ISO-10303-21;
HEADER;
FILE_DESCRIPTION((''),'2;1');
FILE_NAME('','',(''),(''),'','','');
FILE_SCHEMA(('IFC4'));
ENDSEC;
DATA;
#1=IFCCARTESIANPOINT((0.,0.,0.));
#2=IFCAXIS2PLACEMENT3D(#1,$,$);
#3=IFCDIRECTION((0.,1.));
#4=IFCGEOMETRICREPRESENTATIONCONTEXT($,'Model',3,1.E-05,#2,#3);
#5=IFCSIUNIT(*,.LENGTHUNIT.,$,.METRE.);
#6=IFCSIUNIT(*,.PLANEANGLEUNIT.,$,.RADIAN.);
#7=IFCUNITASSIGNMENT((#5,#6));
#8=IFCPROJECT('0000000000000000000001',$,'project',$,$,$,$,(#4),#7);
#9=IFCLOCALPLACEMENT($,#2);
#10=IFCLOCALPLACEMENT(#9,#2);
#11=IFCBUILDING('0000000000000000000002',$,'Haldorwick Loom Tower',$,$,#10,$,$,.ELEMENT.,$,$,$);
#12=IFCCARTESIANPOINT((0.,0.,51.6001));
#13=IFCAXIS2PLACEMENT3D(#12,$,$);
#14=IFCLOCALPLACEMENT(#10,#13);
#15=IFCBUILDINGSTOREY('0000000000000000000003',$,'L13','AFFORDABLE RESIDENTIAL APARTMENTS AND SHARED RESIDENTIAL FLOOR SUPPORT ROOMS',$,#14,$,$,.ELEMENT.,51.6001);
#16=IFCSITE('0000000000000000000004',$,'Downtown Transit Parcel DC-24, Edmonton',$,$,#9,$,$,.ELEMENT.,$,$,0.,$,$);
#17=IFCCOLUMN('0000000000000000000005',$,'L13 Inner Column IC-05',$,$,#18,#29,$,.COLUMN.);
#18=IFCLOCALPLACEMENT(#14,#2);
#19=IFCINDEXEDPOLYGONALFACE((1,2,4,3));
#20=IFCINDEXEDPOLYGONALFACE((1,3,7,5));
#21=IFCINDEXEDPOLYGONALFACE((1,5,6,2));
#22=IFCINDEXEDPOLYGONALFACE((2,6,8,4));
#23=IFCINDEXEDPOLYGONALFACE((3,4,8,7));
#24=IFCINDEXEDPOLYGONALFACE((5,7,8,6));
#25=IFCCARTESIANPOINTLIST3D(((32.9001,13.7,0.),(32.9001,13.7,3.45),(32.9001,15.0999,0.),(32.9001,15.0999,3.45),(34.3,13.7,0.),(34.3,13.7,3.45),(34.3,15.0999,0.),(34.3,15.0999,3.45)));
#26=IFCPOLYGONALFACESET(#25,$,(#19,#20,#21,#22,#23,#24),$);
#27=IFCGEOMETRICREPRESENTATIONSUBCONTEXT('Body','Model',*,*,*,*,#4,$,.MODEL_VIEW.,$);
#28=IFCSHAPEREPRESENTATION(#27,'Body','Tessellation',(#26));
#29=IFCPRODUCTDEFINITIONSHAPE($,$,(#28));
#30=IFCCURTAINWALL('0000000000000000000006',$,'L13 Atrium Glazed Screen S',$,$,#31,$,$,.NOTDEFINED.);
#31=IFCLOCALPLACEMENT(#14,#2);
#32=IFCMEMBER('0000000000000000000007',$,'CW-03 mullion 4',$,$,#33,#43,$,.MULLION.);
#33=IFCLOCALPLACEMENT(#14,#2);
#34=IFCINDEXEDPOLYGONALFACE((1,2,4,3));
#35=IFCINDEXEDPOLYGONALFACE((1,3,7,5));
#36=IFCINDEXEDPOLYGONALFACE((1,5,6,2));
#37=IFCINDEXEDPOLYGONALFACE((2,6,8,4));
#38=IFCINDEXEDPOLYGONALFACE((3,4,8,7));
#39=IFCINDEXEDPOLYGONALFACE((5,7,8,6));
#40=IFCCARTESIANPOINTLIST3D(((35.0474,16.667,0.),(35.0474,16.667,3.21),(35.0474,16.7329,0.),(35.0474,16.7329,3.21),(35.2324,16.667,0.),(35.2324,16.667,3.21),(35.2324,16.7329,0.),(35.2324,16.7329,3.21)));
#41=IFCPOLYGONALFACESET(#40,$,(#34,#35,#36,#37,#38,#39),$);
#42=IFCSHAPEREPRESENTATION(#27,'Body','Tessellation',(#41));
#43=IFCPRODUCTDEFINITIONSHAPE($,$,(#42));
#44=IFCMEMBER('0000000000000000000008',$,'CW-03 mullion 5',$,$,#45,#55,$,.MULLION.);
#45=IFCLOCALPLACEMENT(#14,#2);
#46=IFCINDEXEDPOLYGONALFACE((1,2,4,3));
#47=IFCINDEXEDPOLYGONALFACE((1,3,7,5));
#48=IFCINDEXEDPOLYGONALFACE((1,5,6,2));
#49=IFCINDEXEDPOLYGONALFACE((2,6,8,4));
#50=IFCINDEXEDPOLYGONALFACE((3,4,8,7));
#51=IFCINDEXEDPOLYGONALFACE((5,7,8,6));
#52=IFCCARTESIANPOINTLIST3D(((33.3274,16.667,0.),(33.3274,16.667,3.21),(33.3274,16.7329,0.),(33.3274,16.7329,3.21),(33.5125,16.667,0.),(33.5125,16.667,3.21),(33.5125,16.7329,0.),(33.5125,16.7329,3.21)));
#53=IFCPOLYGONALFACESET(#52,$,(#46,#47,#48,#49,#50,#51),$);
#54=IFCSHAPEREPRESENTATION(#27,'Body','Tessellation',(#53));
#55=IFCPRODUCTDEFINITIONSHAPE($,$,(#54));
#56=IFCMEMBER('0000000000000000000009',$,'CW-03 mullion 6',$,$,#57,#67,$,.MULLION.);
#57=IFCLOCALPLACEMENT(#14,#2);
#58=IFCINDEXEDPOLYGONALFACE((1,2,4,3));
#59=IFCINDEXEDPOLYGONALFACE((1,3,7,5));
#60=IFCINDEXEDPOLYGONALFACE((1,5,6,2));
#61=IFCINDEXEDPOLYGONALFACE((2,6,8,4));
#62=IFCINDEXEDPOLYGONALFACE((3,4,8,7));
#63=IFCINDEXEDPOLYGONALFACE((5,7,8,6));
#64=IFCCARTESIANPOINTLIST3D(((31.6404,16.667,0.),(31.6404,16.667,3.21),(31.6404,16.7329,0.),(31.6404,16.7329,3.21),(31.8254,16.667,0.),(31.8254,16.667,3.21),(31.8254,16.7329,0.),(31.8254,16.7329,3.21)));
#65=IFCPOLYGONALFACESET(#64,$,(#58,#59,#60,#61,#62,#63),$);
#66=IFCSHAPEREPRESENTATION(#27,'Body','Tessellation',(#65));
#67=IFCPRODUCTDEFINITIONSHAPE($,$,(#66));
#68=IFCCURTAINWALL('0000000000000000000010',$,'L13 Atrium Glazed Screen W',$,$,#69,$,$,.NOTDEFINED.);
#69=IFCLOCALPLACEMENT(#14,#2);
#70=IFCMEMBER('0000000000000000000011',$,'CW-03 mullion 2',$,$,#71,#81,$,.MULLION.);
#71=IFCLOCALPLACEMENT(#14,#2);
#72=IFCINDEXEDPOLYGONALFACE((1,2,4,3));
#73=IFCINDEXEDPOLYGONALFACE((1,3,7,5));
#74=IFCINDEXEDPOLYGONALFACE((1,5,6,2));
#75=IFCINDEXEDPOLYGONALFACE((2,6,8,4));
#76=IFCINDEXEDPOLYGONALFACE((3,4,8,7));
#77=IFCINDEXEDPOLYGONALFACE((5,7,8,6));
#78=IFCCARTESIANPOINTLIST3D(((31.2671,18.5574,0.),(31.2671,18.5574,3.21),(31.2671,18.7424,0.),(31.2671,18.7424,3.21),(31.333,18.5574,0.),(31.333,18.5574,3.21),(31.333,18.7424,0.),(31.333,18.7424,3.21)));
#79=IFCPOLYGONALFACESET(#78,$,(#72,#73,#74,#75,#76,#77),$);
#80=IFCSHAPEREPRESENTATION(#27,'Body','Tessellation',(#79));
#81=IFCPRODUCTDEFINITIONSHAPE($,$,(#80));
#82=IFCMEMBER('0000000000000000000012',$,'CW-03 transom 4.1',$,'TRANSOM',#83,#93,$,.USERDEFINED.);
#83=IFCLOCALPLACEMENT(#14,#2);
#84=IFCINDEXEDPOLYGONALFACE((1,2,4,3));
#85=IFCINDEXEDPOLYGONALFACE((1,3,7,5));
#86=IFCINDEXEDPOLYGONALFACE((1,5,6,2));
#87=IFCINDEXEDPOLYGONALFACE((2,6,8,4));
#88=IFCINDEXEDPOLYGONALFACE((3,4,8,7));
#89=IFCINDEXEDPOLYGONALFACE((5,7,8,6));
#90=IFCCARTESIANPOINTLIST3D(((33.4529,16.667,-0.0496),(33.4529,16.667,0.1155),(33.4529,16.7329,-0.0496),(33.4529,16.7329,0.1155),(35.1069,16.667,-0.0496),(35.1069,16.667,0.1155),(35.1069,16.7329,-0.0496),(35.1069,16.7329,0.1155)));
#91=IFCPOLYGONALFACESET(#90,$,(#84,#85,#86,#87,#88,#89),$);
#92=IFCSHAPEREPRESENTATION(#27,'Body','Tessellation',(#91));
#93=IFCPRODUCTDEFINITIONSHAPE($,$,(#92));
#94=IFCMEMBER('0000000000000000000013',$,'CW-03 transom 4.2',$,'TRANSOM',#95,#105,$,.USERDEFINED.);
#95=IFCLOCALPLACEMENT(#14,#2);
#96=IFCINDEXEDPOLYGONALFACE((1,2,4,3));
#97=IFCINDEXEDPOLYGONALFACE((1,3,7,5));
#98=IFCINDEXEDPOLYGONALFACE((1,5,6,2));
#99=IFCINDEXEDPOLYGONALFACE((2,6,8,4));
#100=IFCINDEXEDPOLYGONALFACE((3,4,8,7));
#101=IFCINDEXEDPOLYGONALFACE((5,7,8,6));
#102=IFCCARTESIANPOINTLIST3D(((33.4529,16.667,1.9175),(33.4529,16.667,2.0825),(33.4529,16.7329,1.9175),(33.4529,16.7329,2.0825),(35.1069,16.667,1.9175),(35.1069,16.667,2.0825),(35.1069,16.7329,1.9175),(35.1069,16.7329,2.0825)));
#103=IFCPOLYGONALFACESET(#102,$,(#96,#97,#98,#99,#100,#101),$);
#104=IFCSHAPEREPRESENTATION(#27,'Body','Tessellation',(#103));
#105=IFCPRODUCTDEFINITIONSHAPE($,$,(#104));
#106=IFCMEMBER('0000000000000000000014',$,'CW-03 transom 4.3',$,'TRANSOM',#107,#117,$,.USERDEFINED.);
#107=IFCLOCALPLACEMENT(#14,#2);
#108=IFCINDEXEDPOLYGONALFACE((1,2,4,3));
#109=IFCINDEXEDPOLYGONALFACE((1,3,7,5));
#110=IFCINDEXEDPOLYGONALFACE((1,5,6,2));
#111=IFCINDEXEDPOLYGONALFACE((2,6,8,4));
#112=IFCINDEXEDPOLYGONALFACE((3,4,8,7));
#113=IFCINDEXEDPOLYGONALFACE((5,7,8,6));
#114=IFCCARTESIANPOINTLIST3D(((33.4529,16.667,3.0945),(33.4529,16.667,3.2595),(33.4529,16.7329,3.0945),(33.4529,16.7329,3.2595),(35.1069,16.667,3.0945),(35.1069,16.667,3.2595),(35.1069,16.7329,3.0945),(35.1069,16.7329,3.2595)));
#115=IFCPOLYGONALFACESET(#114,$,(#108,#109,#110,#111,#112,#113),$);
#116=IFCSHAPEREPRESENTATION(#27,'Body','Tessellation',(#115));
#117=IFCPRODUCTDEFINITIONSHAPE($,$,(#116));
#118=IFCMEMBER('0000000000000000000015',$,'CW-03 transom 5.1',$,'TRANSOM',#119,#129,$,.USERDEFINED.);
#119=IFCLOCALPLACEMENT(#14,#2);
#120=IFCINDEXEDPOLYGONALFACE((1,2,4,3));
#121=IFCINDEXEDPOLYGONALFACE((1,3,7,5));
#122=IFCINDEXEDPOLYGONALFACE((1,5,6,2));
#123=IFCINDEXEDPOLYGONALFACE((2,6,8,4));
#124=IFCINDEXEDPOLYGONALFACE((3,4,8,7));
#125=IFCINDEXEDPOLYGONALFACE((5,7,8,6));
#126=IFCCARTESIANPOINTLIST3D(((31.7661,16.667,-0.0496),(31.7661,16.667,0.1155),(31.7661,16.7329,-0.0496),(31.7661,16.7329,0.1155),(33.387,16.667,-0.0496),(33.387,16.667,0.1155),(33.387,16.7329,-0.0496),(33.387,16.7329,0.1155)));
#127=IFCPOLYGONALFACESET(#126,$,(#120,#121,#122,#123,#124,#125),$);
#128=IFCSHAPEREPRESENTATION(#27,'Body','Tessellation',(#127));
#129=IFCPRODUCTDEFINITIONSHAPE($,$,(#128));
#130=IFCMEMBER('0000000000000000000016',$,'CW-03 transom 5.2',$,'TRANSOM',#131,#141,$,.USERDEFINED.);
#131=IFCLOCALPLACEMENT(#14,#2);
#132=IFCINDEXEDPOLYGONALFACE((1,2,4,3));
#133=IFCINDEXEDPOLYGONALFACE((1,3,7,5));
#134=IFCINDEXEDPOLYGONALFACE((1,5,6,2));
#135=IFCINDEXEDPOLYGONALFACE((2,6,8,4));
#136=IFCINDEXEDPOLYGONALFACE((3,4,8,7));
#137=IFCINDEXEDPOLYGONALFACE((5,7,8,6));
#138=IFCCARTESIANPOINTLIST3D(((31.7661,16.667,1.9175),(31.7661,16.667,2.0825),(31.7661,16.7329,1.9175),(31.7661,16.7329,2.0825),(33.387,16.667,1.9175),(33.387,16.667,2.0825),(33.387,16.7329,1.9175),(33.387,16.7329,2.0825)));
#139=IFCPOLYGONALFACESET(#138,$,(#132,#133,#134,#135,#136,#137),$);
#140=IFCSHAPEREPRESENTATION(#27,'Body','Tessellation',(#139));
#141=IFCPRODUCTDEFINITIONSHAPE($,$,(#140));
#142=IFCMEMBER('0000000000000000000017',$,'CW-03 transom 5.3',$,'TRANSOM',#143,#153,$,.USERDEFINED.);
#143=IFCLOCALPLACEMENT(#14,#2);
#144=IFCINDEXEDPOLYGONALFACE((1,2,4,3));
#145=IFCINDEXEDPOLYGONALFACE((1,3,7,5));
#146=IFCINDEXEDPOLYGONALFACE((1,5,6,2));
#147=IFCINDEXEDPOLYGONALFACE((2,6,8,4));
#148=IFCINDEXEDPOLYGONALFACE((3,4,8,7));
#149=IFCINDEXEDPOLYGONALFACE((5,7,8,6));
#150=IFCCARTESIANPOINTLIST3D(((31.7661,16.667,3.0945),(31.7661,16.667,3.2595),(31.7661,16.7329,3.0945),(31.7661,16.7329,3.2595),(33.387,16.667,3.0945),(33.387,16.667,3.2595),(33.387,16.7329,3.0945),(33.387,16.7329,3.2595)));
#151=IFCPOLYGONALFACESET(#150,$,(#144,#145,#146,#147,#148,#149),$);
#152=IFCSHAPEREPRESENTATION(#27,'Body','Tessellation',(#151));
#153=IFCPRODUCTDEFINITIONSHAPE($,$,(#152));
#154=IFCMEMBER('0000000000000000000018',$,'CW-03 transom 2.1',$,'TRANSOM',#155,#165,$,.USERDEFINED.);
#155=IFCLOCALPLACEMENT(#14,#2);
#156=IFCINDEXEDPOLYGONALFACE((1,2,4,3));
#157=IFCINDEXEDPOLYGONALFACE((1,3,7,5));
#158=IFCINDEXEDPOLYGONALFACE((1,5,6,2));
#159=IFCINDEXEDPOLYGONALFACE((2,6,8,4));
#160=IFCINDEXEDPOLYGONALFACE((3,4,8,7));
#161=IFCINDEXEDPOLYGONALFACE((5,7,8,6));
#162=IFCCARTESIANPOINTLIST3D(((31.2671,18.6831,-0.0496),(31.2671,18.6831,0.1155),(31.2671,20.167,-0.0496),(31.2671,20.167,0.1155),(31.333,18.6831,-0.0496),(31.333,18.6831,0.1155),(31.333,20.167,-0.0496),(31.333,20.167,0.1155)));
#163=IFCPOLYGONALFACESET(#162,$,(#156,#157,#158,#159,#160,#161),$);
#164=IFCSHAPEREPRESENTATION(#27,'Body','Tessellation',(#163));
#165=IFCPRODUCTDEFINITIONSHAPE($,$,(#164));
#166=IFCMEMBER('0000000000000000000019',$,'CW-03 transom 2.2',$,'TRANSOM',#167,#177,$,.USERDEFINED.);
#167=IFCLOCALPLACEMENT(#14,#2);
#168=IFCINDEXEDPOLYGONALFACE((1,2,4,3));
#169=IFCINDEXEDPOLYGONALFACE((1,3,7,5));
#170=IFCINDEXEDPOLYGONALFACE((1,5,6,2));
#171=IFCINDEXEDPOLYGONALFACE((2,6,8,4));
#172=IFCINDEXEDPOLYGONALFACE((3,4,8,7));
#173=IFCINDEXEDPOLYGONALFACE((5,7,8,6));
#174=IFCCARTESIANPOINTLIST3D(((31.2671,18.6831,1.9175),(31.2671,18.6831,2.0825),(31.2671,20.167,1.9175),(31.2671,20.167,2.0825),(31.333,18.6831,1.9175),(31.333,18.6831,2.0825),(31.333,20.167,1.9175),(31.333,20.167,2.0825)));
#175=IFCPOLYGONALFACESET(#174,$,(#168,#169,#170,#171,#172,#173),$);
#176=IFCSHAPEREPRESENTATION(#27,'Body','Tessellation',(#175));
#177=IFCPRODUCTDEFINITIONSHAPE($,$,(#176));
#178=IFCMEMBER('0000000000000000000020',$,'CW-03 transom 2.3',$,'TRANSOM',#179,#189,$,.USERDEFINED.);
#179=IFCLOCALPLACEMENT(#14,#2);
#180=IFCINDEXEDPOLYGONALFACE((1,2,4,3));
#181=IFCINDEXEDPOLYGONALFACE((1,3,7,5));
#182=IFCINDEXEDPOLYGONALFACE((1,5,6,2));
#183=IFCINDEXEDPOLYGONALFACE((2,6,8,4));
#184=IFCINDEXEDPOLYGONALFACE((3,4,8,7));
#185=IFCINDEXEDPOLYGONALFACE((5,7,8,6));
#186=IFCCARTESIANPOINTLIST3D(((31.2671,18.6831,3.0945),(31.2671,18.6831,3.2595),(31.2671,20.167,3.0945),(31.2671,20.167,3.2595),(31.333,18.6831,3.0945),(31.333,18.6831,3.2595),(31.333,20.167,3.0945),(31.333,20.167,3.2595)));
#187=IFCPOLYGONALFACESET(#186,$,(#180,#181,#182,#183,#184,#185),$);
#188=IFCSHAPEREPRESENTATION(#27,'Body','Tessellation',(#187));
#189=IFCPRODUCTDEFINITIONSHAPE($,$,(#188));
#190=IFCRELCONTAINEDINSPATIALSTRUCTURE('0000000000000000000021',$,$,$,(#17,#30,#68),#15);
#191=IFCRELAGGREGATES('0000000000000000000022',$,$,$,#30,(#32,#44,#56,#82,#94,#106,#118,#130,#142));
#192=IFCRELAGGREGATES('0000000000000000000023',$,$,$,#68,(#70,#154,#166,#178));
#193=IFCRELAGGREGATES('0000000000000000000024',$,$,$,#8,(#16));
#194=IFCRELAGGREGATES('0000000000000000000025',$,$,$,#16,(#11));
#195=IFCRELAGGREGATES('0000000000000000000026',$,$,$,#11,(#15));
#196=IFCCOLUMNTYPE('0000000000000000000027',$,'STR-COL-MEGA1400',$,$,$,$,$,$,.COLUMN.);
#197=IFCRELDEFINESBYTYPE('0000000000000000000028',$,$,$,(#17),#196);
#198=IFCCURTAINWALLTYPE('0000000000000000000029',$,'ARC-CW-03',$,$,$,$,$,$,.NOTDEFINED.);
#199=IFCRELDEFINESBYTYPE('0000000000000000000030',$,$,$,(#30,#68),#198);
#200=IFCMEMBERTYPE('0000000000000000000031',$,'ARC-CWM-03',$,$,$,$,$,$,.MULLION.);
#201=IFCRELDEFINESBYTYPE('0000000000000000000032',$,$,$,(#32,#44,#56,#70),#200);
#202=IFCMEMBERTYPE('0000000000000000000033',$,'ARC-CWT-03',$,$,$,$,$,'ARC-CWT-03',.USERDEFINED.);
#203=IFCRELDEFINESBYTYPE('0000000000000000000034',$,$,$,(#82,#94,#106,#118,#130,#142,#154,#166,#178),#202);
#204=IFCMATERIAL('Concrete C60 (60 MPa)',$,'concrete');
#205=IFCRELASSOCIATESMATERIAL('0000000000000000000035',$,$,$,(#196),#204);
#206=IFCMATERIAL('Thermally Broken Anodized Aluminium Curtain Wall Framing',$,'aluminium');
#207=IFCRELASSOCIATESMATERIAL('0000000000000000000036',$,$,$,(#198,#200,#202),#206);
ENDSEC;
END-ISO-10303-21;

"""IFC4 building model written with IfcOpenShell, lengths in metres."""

from ifc_helpers import new_model, si_unit, direction, frame, origin, origin_2d, place, context, subcontext, project, spatial, rectangle, extrude, material, material_profile, profile_set, type_object, element, aggregate, save


model = new_model("IFC4")

# Units and contexts
model_context = context("Model", 3, precision=1e-05, world=origin(), true_north=direction((0.0, 1.0)))
body_context = subcontext(model_context, "Body", "Model", "MODEL_VIEW")
ifc_project = project(units=[si_unit("LENGTHUNIT", "METRE"), si_unit("PLANEANGLEUNIT", "RADIAN")], contexts=[model_context])

# Site, building, storey
site_placement = place(None, origin())
site = spatial("IfcSite", under=ifc_project, at=site_placement, Name="Downtown Transit Parcel DC-24, Edmonton", CompositionType="ELEMENT", RefElevation=0.0)
building_placement = place(site_placement, origin())
building = spatial("IfcBuilding", under=site, at=building_placement, Name="Haldorwick Loom Tower", CompositionType="ELEMENT")
storey_placement = place(building_placement, frame((0.0, 0.0, 51.6001)))
storey = spatial("IfcBuildingStorey", under=building, at=storey_placement, Name="L13", Description="AFFORDABLE RESIDENTIAL APARTMENTS AND SHARED RESIDENTIAL FLOOR SUPPORT ROOMS", CompositionType="ELEMENT", Elevation=51.6001)

# Column
ifc_material_1 = material(Name="Concrete C60 (60 MPa)", Category="concrete")
ifc_material_profile_1 = material_profile(ifc_material_1, rectangle(XDim=1.3999, YDim=1.3999, at=origin_2d()), Name="RC1400X1400", Category="concrete")
ifc_profile_set_1 = profile_set([ifc_material_profile_1], Name="Concrete C60 (60 MPa)")
column_type = type_object("IfcColumnType", Name="STR-COL-MEGA1400", PredefinedType="COLUMN", material=ifc_profile_set_1)
column_placement = place(storey_placement, frame((33.6001, 14.3999, 0.0), z_axis=(0.0, 0.0, 1.0), x_axis=(1.0, 0.0, 0.0)))
element("IfcColumn", 1, at=column_placement, inside=storey, type_object=column_type, Name="L13 Inner Column IC-05", PredefinedType="COLUMN", context=body_context, shape_type="SweptSolid", body=[
    extrude(rectangle(XDim=1.3999, YDim=1.3999, at=origin_2d()), origin(), (0.0, 0.0, 1.0), 3.45),
])

# Curtain wall, members
ifc_material_2 = material(Name="Thermally Broken Anodized Aluminium Curtain Wall Framing", Category="aluminium")
curtain_wall_type = type_object("IfcCurtainWallType", Name="ARC-CW-03", PredefinedType="NOTDEFINED", material=ifc_material_2)
curtain_wall_1_placement = place(storey_placement, origin())
curtain_wall_1 = element("IfcCurtainWall", 2, at=curtain_wall_1_placement, inside=storey, type_object=curtain_wall_type, Name="L13 Atrium Glazed Screen S", PredefinedType="NOTDEFINED")
ifc_material_profile_2 = material_profile(ifc_material_2, rectangle(XDim=0.0659, YDim=0.1851, at=origin_2d()), Name="ALU_MUL_66X185", Category="aluminium")
ifc_profile_set_2 = profile_set([ifc_material_profile_2], Name="Thermally Broken Anodized Aluminium Curtain Wall Framing")
member_type_1 = type_object("IfcMemberType", Name="ARC-CWM-03", PredefinedType="MULLION", material=ifc_profile_set_2)
member_1_placement = place(storey_placement, frame((35.1399, 16.7, 0.0), z_axis=(0.0, 0.0, 1.0), x_axis=(0.0, -1.0, 0.0)))
member_1 = element("IfcMember", 3, at=member_1_placement, type_object=member_type_1, Name="CW-03 mullion 4", PredefinedType="MULLION", context=body_context, shape_type="SweptSolid", body=[
    extrude(rectangle(XDim=0.0659, YDim=0.1851, at=origin_2d()), origin(), (0.0, 0.0, 1.0), 3.21),
])
member_2_placement = place(storey_placement, frame((33.4199, 16.7, 0.0), z_axis=(0.0, 0.0, 1.0), x_axis=(0.0, -1.0, 0.0)))
member_2 = element("IfcMember", 4, at=member_2_placement, type_object=member_type_1, Name="CW-03 mullion 5", PredefinedType="MULLION", context=body_context, shape_type="SweptSolid", body=[
    extrude(rectangle(XDim=0.0659, YDim=0.1851, at=origin_2d()), origin(), (0.0, 0.0, 1.0), 3.21),
])
member_3_placement = place(storey_placement, frame((31.7329, 16.7, 0.0), z_axis=(0.0, 0.0, 1.0), x_axis=(0.0, -1.0, 0.0)))
member_3 = element("IfcMember", 5, at=member_3_placement, type_object=member_type_1, Name="CW-03 mullion 6", PredefinedType="MULLION", context=body_context, shape_type="SweptSolid", body=[
    extrude(rectangle(XDim=0.0659, YDim=0.1851, at=origin_2d()), origin(), (0.0, 0.0, 1.0), 3.21),
])

# Curtain wall, member
curtain_wall_2_placement = place(storey_placement, origin())
curtain_wall_2 = element("IfcCurtainWall", 6, at=curtain_wall_2_placement, inside=storey, type_object=curtain_wall_type, Name="L13 Atrium Glazed Screen W", PredefinedType="NOTDEFINED")
member_4_placement = place(storey_placement, frame((31.3, 18.6499, 0.0), z_axis=(0.0, 0.0, 1.0), x_axis=(-1.0, 0.0, 0.0)))
member_4 = element("IfcMember", 7, at=member_4_placement, type_object=member_type_1, Name="CW-03 mullion 2", PredefinedType="MULLION", context=body_context, shape_type="SweptSolid", body=[
    extrude(rectangle(XDim=0.0659, YDim=0.1851, at=origin_2d()), origin(), (0.0, 0.0, 1.0), 3.21),
])

# Members
ifc_material_profile_3 = material_profile(ifc_material_2, rectangle(XDim=0.0659, YDim=0.165, at=origin_2d()), Name="ALU_TRN_66X165", Category="aluminium")
ifc_profile_set_3 = profile_set([ifc_material_profile_3], Name="Thermally Broken Anodized Aluminium Curtain Wall Framing")
member_type_2 = type_object("IfcMemberType", Name="ARC-CWT-03", ElementType="ARC-CWT-03", PredefinedType="USERDEFINED", material=ifc_profile_set_3)
member_5_placement = place(storey_placement, frame((35.1069, 16.7, 0.033), z_axis=(-1.0, 0.0, 0.0), x_axis=(0.0, -1.0, 0.0)))
member_5 = element("IfcMember", 8, at=member_5_placement, type_object=member_type_2, Name="CW-03 transom 4.1", ObjectType="TRANSOM", PredefinedType="USERDEFINED", context=body_context, shape_type="SweptSolid", body=[
    extrude(rectangle(XDim=0.0659, YDim=0.165, at=origin_2d()), origin(), (0.0, 0.0, 1.0), 1.6541),
])
member_6_placement = place(storey_placement, frame((35.1069, 16.7, 2.0), z_axis=(-1.0, 0.0, 0.0), x_axis=(0.0, -1.0, 0.0)))
member_6 = element("IfcMember", 9, at=member_6_placement, type_object=member_type_2, Name="CW-03 transom 4.2", ObjectType="TRANSOM", PredefinedType="USERDEFINED", context=body_context, shape_type="SweptSolid", body=[
    extrude(rectangle(XDim=0.0659, YDim=0.165, at=origin_2d()), origin(), (0.0, 0.0, 1.0), 1.6541),
])
member_7_placement = place(storey_placement, frame((35.1069, 16.7, 3.177), z_axis=(-1.0, 0.0, 0.0), x_axis=(0.0, -1.0, 0.0)))
member_7 = element("IfcMember", 10, at=member_7_placement, type_object=member_type_2, Name="CW-03 transom 4.3", ObjectType="TRANSOM", PredefinedType="USERDEFINED", context=body_context, shape_type="SweptSolid", body=[
    extrude(rectangle(XDim=0.0659, YDim=0.165, at=origin_2d()), origin(), (0.0, 0.0, 1.0), 1.6541),
])
member_8_placement = place(storey_placement, frame((33.387, 16.7, 0.033), z_axis=(-1.0, 0.0, 0.0), x_axis=(0.0, -1.0, 0.0)))
member_8 = element("IfcMember", 11, at=member_8_placement, type_object=member_type_2, Name="CW-03 transom 5.1", ObjectType="TRANSOM", PredefinedType="USERDEFINED", context=body_context, shape_type="SweptSolid", body=[
    extrude(rectangle(XDim=0.0659, YDim=0.165, at=origin_2d()), origin(), (0.0, 0.0, 1.0), 1.6208),
])
member_9_placement = place(storey_placement, frame((33.387, 16.7, 2.0), z_axis=(-1.0, 0.0, 0.0), x_axis=(0.0, -1.0, 0.0)))
member_9 = element("IfcMember", 12, at=member_9_placement, type_object=member_type_2, Name="CW-03 transom 5.2", ObjectType="TRANSOM", PredefinedType="USERDEFINED", context=body_context, shape_type="SweptSolid", body=[
    extrude(rectangle(XDim=0.0659, YDim=0.165, at=origin_2d()), origin(), (0.0, 0.0, 1.0), 1.6208),
])
member_10_placement = place(storey_placement, frame((33.387, 16.7, 3.177), z_axis=(-1.0, 0.0, 0.0), x_axis=(0.0, -1.0, 0.0)))
member_10 = element("IfcMember", 13, at=member_10_placement, type_object=member_type_2, Name="CW-03 transom 5.3", ObjectType="TRANSOM", PredefinedType="USERDEFINED", context=body_context, shape_type="SweptSolid", body=[
    extrude(rectangle(XDim=0.0659, YDim=0.165, at=origin_2d()), origin(), (0.0, 0.0, 1.0), 1.6208),
])
member_11_placement = place(storey_placement, frame((31.3, 18.6831, 0.033), z_axis=(0.0, 1.0, 0.0), x_axis=(-1.0, 0.0, 0.0)))
member_11 = element("IfcMember", 14, at=member_11_placement, type_object=member_type_2, Name="CW-03 transom 2.1", ObjectType="TRANSOM", PredefinedType="USERDEFINED", context=body_context, shape_type="SweptSolid", body=[
    extrude(rectangle(XDim=0.0659, YDim=0.165, at=origin_2d()), origin(), (0.0, 0.0, 1.0), 1.4839),
])
member_12_placement = place(storey_placement, frame((31.3, 18.6831, 2.0), z_axis=(0.0, 1.0, 0.0), x_axis=(-1.0, 0.0, 0.0)))
member_12 = element("IfcMember", 15, at=member_12_placement, type_object=member_type_2, Name="CW-03 transom 2.2", ObjectType="TRANSOM", PredefinedType="USERDEFINED", context=body_context, shape_type="SweptSolid", body=[
    extrude(rectangle(XDim=0.0659, YDim=0.165, at=origin_2d()), origin(), (0.0, 0.0, 1.0), 1.4839),
])
member_13_placement = place(storey_placement, frame((31.3, 18.6831, 3.177), z_axis=(0.0, 1.0, 0.0), x_axis=(-1.0, 0.0, 0.0)))
member_13 = element("IfcMember", 16, at=member_13_placement, type_object=member_type_2, Name="CW-03 transom 2.3", ObjectType="TRANSOM", PredefinedType="USERDEFINED", context=body_context, shape_type="SweptSolid", body=[
    extrude(rectangle(XDim=0.0659, YDim=0.165, at=origin_2d()), origin(), (0.0, 0.0, 1.0), 1.4839),
])

aggregate(curtain_wall_1, [member_1, member_2, member_3, member_5, member_6, member_7, member_8, member_9, member_10])
aggregate(curtain_wall_2, [member_4, member_11, member_12, member_13])

save(model, "model.ifc")
